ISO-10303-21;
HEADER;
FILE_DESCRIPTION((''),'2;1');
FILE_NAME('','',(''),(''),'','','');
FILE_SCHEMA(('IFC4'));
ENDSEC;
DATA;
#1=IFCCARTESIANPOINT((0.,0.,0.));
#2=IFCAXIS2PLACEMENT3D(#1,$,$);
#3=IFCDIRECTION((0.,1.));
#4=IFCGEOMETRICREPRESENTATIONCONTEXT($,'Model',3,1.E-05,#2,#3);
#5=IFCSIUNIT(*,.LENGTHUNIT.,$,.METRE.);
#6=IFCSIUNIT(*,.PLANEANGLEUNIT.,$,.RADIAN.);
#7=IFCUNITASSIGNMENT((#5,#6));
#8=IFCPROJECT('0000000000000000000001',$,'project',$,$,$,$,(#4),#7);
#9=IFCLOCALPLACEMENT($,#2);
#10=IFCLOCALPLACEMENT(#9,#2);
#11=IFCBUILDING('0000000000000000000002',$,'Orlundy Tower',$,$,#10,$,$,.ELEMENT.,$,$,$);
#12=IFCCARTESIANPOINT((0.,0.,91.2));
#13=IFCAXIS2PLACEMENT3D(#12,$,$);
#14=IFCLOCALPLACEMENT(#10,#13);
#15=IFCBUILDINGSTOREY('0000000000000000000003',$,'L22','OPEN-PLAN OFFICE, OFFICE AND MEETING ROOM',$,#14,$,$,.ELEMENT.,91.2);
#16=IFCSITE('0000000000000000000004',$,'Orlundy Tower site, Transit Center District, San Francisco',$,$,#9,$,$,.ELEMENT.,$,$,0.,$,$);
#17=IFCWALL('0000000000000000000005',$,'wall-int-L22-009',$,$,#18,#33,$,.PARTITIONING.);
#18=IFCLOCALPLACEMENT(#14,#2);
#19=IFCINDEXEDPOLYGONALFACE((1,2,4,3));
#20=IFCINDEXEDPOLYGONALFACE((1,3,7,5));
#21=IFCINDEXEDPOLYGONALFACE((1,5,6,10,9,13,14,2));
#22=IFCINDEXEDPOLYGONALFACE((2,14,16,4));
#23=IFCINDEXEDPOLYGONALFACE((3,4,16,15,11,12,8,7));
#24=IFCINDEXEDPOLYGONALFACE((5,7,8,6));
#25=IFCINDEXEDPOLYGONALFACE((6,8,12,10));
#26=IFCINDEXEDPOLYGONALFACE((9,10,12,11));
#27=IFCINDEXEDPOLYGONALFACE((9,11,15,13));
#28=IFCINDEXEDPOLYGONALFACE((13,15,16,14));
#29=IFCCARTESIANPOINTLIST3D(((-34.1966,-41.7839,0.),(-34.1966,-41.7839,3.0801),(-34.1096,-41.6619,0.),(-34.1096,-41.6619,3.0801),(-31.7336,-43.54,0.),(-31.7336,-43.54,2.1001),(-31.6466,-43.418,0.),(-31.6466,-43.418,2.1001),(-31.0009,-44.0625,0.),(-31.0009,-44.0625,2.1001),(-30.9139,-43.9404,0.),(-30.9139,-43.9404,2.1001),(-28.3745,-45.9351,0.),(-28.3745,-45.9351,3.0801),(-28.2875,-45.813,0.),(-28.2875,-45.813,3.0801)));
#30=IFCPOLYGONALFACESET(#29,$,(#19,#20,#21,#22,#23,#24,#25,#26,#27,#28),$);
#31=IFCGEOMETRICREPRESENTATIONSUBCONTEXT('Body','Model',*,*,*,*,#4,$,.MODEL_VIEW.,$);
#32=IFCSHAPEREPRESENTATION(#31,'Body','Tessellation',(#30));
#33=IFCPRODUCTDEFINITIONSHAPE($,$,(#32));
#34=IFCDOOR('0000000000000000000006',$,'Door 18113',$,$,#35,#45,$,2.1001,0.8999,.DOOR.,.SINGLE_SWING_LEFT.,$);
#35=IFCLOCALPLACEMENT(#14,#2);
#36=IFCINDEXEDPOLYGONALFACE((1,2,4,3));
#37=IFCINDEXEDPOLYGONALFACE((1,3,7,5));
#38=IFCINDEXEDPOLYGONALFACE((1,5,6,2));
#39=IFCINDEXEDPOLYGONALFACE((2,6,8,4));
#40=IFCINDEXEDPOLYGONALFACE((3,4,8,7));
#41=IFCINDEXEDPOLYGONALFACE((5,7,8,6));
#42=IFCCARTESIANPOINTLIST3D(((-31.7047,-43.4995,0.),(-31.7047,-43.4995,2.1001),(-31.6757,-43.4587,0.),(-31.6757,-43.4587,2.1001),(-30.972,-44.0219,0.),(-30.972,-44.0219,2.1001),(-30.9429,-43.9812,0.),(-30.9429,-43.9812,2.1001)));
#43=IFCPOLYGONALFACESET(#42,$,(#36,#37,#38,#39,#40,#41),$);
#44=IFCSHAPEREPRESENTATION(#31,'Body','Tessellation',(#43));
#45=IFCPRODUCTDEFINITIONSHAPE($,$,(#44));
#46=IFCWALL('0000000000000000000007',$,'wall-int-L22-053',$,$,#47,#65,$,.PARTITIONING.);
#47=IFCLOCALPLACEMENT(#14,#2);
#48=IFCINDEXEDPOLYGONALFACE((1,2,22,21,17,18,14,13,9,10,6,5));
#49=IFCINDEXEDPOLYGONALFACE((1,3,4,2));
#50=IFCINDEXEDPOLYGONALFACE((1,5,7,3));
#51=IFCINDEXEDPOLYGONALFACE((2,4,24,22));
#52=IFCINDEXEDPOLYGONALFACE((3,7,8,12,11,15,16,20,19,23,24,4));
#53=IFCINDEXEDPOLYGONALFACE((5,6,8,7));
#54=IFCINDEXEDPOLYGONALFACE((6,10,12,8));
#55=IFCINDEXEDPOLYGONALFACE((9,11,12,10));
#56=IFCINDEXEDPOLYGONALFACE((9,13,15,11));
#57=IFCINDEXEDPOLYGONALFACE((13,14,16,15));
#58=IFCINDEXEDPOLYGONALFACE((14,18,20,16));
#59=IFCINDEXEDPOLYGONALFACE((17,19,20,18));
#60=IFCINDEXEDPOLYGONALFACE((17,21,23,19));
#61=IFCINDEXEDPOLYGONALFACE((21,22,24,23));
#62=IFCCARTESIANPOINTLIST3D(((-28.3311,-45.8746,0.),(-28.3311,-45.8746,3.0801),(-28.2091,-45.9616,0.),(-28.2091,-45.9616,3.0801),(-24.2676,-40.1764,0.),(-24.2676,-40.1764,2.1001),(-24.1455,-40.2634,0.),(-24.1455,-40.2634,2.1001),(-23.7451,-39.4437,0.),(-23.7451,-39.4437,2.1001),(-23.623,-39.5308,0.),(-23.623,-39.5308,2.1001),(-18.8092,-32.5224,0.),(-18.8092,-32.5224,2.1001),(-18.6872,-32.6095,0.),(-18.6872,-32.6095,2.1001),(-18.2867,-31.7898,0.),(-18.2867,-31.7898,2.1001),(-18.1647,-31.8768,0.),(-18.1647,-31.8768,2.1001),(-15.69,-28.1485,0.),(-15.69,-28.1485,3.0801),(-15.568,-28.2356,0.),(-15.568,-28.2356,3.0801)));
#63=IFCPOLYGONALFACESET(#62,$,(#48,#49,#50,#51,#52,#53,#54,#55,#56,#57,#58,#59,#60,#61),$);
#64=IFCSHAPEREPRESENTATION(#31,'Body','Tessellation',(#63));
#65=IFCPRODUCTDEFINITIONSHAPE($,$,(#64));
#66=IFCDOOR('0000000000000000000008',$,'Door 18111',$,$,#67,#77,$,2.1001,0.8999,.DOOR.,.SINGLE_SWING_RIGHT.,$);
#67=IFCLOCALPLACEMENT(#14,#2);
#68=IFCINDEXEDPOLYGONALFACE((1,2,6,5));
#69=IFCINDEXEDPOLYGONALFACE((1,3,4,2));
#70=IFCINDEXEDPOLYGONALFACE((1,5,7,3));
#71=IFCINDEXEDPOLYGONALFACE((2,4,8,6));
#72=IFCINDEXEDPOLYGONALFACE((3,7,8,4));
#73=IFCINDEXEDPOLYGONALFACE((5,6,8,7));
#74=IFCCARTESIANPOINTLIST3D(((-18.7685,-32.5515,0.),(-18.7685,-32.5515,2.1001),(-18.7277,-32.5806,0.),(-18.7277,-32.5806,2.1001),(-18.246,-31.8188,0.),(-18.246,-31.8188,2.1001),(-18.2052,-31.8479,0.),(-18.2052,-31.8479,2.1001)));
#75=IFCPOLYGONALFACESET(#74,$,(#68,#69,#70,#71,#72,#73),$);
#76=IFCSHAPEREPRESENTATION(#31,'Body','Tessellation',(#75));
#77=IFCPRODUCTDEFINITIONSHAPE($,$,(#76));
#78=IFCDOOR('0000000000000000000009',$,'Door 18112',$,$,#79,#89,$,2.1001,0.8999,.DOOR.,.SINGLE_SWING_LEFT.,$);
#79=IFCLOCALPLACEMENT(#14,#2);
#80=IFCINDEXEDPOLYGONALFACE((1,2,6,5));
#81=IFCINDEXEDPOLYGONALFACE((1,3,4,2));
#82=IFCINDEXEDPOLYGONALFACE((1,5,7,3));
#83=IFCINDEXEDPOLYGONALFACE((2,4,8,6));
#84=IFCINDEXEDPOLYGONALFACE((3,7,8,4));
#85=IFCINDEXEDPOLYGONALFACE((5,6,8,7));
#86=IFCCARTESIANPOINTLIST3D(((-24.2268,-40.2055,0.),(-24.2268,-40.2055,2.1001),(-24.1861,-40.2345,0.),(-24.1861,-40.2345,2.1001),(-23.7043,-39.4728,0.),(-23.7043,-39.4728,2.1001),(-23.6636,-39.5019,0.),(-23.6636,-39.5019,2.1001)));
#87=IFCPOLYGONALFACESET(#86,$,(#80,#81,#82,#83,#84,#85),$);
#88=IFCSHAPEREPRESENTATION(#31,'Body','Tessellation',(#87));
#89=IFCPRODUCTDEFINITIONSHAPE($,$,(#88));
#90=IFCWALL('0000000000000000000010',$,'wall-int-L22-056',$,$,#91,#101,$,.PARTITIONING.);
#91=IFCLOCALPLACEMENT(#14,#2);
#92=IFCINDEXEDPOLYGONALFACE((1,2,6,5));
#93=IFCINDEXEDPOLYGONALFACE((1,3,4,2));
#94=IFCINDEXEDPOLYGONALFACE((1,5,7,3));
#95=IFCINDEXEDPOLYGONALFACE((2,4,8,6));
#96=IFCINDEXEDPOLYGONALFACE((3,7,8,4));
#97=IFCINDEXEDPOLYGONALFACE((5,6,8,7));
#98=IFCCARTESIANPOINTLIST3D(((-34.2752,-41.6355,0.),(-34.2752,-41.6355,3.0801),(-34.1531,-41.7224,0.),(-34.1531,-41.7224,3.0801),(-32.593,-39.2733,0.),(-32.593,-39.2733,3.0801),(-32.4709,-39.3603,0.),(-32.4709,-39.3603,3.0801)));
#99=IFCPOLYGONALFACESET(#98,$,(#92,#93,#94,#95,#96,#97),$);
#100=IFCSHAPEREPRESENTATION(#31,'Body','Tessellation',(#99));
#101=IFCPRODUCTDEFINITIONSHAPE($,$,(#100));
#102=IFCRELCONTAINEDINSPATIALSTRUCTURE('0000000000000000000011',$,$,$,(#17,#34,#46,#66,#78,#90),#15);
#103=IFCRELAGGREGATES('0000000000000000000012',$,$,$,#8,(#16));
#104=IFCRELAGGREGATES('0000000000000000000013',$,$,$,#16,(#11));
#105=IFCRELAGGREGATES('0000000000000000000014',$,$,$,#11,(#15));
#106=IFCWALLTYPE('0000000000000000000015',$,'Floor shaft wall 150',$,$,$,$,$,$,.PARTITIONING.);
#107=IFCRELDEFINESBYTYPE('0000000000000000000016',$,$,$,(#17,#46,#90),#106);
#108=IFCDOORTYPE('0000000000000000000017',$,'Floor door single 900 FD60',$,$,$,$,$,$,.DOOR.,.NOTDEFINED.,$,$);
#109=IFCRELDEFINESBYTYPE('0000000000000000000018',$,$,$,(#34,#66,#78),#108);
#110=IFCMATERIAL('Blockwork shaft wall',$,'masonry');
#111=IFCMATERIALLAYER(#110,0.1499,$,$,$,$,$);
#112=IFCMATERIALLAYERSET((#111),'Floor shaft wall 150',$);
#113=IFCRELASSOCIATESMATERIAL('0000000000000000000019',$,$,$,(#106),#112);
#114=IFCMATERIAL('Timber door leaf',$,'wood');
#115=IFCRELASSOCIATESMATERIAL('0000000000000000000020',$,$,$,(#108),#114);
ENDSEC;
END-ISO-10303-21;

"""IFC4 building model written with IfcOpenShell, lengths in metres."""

from ifc_helpers import new_model, si_unit, direction, frame, frame_2d, origin, place, context, subcontext, project, spatial, rectangle, extrude, material, layer, layer_set, type_object, element, fill, save


model = new_model("IFC4")

# Units and contexts
model_context = context("Model", 3, precision=1e-05, world=origin(), true_north=direction((0.0, 1.0)))
body_context = subcontext(model_context, "Body", "Model", "MODEL_VIEW")
ifc_project = project(units=[si_unit("LENGTHUNIT", "METRE"), si_unit("PLANEANGLEUNIT", "RADIAN")], contexts=[model_context])

# Site, building, storey
site_placement = place(None, origin())
site = spatial("IfcSite", under=ifc_project, at=site_placement, Name="Orlundy Tower site, Transit Center District, San Francisco", CompositionType="ELEMENT", RefElevation=0.0)
building_placement = place(site_placement, origin())
building = spatial("IfcBuilding", under=site, at=building_placement, Name="Orlundy Tower", CompositionType="ELEMENT")
storey_placement = place(building_placement, frame((0.0, 0.0, 91.2)))
storey = spatial("IfcBuildingStorey", under=building, at=storey_placement, Name="L22", Description="OPEN-PLAN OFFICE, OFFICE AND MEETING ROOM", CompositionType="ELEMENT", Elevation=91.2)

# Wall, opening, door
ifc_material_1 = material(Name="Blockwork shaft wall", Category="masonry")
ifc_layer_1 = layer(ifc_material_1, 0.1499)
ifc_layer_set_1 = layer_set([ifc_layer_1], Name="Floor shaft wall 150")
wall_type_1 = type_object("IfcWallType", Name="Floor shaft wall 150", PredefinedType="PARTITIONING", material=ifc_layer_set_1)
wall_1_placement = place(storey_placement, frame((-34.1531, -41.7229, 0.0), z_axis=(0.0, 0.0, 1.0), x_axis=(0.814227, -0.580547, 0.0)))
wall_1 = element("IfcWall", 1, at=wall_1_placement, inside=storey, type_object=wall_type_1, Name="wall-int-L22-009", PredefinedType="PARTITIONING", context=body_context, shape_type="SweptSolid", body=[
    extrude(rectangle(XDim=7.1504, YDim=0.1499, at=frame_2d((3.5752, 0.0))), origin(), (0.0, 0.0, 1.0), 3.0801),
])
opening_1_placement = place(wall_1_placement, frame((3.0249, 0.0, 0.0)))
opening_1 = element("IfcOpeningElement", 2, at=opening_1_placement, cuts=wall_1, PredefinedType="OPENING", context=body_context, shape_type="SweptSolid", body=[
    extrude(rectangle(XDim=0.8999, YDim=2.1001, at=frame_2d((0.45, 1.05))), frame((0.0, 0.085, 0.0), z_axis=(0.0, -1.0, 0.0), x_axis=(1.0, 0.0, 0.0)), (0.0, 0.0, 1.0), 0.1699),
])
ifc_material_2 = material(Name="Timber door leaf", Category="wood")
door_type_1 = type_object("IfcDoorType", Name="Floor door single 900 FD60", OperationType="NOTDEFINED", PredefinedType="DOOR", material=ifc_material_2)
door_1_placement = place(opening_1_placement, origin())
door_1 = element("IfcDoor", 3, at=door_1_placement, inside=storey, type_object=door_type_1, Name="Door 18113", OperationType="SINGLE_SWING_LEFT", OverallHeight=2.1001, OverallWidth=0.8999, PredefinedType="DOOR", context=body_context, shape_type="SweptSolid", body=[
    extrude(rectangle(XDim=0.8999, YDim=2.1001, at=frame_2d((0.45, 1.05))), frame((0.0, 0.0249, 0.0), z_axis=(0.0, -1.0, 0.0), x_axis=(1.0, 0.0, 0.0)), (0.0, 0.0, 1.0), 0.05),
])
fill(opening_1, door_1)

# Wall, openings, doors
wall_2_placement = place(storey_placement, frame((-28.27, -45.918, 0.0), z_axis=(0.0, 0.0, 1.0), x_axis=(0.580619, 0.814176, 0.0)))
wall_2 = element("IfcWall", 4, at=wall_2_placement, inside=storey, type_object=wall_type_1, Name="wall-int-L22-053", PredefinedType="PARTITIONING", context=body_context, shape_type="SweptSolid", body=[
    extrude(rectangle(XDim=21.7717, YDim=0.1499, at=frame_2d((10.8857, 0.0))), origin(), (0.0, 0.0, 1.0), 3.0801),
])
opening_2_placement = place(wall_2_placement, frame((16.3994, 0.0, 0.0)))
opening_2 = element("IfcOpeningElement", 5, at=opening_2_placement, cuts=wall_2, PredefinedType="OPENING", context=body_context, shape_type="SweptSolid", body=[
    extrude(rectangle(XDim=0.8999, YDim=2.1001, at=frame_2d((0.45, 1.05))), frame((0.0, 0.085, 0.0), z_axis=(0.0, -1.0, 0.0), x_axis=(1.0, 0.0, 0.0)), (0.0, 0.0, 1.0), 0.1699),
])
opening_3_placement = place(wall_2_placement, frame((6.9985, 0.0, 0.0)))
opening_3 = element("IfcOpeningElement", 6, at=opening_3_placement, cuts=wall_2, PredefinedType="OPENING", context=body_context, shape_type="SweptSolid", body=[
    extrude(rectangle(XDim=0.8999, YDim=2.1001, at=frame_2d((0.45, 1.05))), frame((0.0, 0.085, 0.0), z_axis=(0.0, -1.0, 0.0), x_axis=(1.0, 0.0, 0.0)), (0.0, 0.0, 1.0), 0.1699),
])
door_2_placement = place(opening_2_placement, origin())
door_2 = element("IfcDoor", 7, at=door_2_placement, inside=storey, type_object=door_type_1, Name="Door 18111", OperationType="SINGLE_SWING_RIGHT", OverallHeight=2.1001, OverallWidth=0.8999, PredefinedType="DOOR", context=body_context, shape_type="SweptSolid", body=[
    extrude(rectangle(XDim=0.8999, YDim=2.1001, at=frame_2d((0.45, 1.05))), frame((0.0, 0.0249, 0.0), z_axis=(0.0, -1.0, 0.0), x_axis=(1.0, 0.0, 0.0)), (0.0, 0.0, 1.0), 0.05),
])
fill(opening_2, door_2)
door_3_placement = place(opening_3_placement, origin())
door_3 = element("IfcDoor", 8, at=door_3_placement, inside=storey, type_object=door_type_1, Name="Door 18112", OperationType="SINGLE_SWING_LEFT", OverallHeight=2.1001, OverallWidth=0.8999, PredefinedType="DOOR", context=body_context, shape_type="SweptSolid", body=[
    extrude(rectangle(XDim=0.8999, YDim=2.1001, at=frame_2d((0.45, 1.05))), frame((0.0, 0.0249, 0.0), z_axis=(0.0, -1.0, 0.0), x_axis=(1.0, 0.0, 0.0)), (0.0, 0.0, 1.0), 0.05),
])
fill(opening_3, door_3)

# Wall
wall_3_placement = place(storey_placement, frame((-34.2141, -41.679, 0.0), z_axis=(0.0, 0.0, 1.0), x_axis=(0.580083, 0.814558, 0.0)))
element("IfcWall", 9, at=wall_3_placement, inside=storey, type_object=wall_type_1, Name="wall-int-L22-056", PredefinedType="PARTITIONING", context=body_context, shape_type="SweptSolid", body=[
    extrude(rectangle(XDim=2.8999, YDim=0.1499, at=frame_2d((1.45, 0.0))), origin(), (0.0, 0.0, 1.0), 3.0801),
])

save(model, "model.ifc")
